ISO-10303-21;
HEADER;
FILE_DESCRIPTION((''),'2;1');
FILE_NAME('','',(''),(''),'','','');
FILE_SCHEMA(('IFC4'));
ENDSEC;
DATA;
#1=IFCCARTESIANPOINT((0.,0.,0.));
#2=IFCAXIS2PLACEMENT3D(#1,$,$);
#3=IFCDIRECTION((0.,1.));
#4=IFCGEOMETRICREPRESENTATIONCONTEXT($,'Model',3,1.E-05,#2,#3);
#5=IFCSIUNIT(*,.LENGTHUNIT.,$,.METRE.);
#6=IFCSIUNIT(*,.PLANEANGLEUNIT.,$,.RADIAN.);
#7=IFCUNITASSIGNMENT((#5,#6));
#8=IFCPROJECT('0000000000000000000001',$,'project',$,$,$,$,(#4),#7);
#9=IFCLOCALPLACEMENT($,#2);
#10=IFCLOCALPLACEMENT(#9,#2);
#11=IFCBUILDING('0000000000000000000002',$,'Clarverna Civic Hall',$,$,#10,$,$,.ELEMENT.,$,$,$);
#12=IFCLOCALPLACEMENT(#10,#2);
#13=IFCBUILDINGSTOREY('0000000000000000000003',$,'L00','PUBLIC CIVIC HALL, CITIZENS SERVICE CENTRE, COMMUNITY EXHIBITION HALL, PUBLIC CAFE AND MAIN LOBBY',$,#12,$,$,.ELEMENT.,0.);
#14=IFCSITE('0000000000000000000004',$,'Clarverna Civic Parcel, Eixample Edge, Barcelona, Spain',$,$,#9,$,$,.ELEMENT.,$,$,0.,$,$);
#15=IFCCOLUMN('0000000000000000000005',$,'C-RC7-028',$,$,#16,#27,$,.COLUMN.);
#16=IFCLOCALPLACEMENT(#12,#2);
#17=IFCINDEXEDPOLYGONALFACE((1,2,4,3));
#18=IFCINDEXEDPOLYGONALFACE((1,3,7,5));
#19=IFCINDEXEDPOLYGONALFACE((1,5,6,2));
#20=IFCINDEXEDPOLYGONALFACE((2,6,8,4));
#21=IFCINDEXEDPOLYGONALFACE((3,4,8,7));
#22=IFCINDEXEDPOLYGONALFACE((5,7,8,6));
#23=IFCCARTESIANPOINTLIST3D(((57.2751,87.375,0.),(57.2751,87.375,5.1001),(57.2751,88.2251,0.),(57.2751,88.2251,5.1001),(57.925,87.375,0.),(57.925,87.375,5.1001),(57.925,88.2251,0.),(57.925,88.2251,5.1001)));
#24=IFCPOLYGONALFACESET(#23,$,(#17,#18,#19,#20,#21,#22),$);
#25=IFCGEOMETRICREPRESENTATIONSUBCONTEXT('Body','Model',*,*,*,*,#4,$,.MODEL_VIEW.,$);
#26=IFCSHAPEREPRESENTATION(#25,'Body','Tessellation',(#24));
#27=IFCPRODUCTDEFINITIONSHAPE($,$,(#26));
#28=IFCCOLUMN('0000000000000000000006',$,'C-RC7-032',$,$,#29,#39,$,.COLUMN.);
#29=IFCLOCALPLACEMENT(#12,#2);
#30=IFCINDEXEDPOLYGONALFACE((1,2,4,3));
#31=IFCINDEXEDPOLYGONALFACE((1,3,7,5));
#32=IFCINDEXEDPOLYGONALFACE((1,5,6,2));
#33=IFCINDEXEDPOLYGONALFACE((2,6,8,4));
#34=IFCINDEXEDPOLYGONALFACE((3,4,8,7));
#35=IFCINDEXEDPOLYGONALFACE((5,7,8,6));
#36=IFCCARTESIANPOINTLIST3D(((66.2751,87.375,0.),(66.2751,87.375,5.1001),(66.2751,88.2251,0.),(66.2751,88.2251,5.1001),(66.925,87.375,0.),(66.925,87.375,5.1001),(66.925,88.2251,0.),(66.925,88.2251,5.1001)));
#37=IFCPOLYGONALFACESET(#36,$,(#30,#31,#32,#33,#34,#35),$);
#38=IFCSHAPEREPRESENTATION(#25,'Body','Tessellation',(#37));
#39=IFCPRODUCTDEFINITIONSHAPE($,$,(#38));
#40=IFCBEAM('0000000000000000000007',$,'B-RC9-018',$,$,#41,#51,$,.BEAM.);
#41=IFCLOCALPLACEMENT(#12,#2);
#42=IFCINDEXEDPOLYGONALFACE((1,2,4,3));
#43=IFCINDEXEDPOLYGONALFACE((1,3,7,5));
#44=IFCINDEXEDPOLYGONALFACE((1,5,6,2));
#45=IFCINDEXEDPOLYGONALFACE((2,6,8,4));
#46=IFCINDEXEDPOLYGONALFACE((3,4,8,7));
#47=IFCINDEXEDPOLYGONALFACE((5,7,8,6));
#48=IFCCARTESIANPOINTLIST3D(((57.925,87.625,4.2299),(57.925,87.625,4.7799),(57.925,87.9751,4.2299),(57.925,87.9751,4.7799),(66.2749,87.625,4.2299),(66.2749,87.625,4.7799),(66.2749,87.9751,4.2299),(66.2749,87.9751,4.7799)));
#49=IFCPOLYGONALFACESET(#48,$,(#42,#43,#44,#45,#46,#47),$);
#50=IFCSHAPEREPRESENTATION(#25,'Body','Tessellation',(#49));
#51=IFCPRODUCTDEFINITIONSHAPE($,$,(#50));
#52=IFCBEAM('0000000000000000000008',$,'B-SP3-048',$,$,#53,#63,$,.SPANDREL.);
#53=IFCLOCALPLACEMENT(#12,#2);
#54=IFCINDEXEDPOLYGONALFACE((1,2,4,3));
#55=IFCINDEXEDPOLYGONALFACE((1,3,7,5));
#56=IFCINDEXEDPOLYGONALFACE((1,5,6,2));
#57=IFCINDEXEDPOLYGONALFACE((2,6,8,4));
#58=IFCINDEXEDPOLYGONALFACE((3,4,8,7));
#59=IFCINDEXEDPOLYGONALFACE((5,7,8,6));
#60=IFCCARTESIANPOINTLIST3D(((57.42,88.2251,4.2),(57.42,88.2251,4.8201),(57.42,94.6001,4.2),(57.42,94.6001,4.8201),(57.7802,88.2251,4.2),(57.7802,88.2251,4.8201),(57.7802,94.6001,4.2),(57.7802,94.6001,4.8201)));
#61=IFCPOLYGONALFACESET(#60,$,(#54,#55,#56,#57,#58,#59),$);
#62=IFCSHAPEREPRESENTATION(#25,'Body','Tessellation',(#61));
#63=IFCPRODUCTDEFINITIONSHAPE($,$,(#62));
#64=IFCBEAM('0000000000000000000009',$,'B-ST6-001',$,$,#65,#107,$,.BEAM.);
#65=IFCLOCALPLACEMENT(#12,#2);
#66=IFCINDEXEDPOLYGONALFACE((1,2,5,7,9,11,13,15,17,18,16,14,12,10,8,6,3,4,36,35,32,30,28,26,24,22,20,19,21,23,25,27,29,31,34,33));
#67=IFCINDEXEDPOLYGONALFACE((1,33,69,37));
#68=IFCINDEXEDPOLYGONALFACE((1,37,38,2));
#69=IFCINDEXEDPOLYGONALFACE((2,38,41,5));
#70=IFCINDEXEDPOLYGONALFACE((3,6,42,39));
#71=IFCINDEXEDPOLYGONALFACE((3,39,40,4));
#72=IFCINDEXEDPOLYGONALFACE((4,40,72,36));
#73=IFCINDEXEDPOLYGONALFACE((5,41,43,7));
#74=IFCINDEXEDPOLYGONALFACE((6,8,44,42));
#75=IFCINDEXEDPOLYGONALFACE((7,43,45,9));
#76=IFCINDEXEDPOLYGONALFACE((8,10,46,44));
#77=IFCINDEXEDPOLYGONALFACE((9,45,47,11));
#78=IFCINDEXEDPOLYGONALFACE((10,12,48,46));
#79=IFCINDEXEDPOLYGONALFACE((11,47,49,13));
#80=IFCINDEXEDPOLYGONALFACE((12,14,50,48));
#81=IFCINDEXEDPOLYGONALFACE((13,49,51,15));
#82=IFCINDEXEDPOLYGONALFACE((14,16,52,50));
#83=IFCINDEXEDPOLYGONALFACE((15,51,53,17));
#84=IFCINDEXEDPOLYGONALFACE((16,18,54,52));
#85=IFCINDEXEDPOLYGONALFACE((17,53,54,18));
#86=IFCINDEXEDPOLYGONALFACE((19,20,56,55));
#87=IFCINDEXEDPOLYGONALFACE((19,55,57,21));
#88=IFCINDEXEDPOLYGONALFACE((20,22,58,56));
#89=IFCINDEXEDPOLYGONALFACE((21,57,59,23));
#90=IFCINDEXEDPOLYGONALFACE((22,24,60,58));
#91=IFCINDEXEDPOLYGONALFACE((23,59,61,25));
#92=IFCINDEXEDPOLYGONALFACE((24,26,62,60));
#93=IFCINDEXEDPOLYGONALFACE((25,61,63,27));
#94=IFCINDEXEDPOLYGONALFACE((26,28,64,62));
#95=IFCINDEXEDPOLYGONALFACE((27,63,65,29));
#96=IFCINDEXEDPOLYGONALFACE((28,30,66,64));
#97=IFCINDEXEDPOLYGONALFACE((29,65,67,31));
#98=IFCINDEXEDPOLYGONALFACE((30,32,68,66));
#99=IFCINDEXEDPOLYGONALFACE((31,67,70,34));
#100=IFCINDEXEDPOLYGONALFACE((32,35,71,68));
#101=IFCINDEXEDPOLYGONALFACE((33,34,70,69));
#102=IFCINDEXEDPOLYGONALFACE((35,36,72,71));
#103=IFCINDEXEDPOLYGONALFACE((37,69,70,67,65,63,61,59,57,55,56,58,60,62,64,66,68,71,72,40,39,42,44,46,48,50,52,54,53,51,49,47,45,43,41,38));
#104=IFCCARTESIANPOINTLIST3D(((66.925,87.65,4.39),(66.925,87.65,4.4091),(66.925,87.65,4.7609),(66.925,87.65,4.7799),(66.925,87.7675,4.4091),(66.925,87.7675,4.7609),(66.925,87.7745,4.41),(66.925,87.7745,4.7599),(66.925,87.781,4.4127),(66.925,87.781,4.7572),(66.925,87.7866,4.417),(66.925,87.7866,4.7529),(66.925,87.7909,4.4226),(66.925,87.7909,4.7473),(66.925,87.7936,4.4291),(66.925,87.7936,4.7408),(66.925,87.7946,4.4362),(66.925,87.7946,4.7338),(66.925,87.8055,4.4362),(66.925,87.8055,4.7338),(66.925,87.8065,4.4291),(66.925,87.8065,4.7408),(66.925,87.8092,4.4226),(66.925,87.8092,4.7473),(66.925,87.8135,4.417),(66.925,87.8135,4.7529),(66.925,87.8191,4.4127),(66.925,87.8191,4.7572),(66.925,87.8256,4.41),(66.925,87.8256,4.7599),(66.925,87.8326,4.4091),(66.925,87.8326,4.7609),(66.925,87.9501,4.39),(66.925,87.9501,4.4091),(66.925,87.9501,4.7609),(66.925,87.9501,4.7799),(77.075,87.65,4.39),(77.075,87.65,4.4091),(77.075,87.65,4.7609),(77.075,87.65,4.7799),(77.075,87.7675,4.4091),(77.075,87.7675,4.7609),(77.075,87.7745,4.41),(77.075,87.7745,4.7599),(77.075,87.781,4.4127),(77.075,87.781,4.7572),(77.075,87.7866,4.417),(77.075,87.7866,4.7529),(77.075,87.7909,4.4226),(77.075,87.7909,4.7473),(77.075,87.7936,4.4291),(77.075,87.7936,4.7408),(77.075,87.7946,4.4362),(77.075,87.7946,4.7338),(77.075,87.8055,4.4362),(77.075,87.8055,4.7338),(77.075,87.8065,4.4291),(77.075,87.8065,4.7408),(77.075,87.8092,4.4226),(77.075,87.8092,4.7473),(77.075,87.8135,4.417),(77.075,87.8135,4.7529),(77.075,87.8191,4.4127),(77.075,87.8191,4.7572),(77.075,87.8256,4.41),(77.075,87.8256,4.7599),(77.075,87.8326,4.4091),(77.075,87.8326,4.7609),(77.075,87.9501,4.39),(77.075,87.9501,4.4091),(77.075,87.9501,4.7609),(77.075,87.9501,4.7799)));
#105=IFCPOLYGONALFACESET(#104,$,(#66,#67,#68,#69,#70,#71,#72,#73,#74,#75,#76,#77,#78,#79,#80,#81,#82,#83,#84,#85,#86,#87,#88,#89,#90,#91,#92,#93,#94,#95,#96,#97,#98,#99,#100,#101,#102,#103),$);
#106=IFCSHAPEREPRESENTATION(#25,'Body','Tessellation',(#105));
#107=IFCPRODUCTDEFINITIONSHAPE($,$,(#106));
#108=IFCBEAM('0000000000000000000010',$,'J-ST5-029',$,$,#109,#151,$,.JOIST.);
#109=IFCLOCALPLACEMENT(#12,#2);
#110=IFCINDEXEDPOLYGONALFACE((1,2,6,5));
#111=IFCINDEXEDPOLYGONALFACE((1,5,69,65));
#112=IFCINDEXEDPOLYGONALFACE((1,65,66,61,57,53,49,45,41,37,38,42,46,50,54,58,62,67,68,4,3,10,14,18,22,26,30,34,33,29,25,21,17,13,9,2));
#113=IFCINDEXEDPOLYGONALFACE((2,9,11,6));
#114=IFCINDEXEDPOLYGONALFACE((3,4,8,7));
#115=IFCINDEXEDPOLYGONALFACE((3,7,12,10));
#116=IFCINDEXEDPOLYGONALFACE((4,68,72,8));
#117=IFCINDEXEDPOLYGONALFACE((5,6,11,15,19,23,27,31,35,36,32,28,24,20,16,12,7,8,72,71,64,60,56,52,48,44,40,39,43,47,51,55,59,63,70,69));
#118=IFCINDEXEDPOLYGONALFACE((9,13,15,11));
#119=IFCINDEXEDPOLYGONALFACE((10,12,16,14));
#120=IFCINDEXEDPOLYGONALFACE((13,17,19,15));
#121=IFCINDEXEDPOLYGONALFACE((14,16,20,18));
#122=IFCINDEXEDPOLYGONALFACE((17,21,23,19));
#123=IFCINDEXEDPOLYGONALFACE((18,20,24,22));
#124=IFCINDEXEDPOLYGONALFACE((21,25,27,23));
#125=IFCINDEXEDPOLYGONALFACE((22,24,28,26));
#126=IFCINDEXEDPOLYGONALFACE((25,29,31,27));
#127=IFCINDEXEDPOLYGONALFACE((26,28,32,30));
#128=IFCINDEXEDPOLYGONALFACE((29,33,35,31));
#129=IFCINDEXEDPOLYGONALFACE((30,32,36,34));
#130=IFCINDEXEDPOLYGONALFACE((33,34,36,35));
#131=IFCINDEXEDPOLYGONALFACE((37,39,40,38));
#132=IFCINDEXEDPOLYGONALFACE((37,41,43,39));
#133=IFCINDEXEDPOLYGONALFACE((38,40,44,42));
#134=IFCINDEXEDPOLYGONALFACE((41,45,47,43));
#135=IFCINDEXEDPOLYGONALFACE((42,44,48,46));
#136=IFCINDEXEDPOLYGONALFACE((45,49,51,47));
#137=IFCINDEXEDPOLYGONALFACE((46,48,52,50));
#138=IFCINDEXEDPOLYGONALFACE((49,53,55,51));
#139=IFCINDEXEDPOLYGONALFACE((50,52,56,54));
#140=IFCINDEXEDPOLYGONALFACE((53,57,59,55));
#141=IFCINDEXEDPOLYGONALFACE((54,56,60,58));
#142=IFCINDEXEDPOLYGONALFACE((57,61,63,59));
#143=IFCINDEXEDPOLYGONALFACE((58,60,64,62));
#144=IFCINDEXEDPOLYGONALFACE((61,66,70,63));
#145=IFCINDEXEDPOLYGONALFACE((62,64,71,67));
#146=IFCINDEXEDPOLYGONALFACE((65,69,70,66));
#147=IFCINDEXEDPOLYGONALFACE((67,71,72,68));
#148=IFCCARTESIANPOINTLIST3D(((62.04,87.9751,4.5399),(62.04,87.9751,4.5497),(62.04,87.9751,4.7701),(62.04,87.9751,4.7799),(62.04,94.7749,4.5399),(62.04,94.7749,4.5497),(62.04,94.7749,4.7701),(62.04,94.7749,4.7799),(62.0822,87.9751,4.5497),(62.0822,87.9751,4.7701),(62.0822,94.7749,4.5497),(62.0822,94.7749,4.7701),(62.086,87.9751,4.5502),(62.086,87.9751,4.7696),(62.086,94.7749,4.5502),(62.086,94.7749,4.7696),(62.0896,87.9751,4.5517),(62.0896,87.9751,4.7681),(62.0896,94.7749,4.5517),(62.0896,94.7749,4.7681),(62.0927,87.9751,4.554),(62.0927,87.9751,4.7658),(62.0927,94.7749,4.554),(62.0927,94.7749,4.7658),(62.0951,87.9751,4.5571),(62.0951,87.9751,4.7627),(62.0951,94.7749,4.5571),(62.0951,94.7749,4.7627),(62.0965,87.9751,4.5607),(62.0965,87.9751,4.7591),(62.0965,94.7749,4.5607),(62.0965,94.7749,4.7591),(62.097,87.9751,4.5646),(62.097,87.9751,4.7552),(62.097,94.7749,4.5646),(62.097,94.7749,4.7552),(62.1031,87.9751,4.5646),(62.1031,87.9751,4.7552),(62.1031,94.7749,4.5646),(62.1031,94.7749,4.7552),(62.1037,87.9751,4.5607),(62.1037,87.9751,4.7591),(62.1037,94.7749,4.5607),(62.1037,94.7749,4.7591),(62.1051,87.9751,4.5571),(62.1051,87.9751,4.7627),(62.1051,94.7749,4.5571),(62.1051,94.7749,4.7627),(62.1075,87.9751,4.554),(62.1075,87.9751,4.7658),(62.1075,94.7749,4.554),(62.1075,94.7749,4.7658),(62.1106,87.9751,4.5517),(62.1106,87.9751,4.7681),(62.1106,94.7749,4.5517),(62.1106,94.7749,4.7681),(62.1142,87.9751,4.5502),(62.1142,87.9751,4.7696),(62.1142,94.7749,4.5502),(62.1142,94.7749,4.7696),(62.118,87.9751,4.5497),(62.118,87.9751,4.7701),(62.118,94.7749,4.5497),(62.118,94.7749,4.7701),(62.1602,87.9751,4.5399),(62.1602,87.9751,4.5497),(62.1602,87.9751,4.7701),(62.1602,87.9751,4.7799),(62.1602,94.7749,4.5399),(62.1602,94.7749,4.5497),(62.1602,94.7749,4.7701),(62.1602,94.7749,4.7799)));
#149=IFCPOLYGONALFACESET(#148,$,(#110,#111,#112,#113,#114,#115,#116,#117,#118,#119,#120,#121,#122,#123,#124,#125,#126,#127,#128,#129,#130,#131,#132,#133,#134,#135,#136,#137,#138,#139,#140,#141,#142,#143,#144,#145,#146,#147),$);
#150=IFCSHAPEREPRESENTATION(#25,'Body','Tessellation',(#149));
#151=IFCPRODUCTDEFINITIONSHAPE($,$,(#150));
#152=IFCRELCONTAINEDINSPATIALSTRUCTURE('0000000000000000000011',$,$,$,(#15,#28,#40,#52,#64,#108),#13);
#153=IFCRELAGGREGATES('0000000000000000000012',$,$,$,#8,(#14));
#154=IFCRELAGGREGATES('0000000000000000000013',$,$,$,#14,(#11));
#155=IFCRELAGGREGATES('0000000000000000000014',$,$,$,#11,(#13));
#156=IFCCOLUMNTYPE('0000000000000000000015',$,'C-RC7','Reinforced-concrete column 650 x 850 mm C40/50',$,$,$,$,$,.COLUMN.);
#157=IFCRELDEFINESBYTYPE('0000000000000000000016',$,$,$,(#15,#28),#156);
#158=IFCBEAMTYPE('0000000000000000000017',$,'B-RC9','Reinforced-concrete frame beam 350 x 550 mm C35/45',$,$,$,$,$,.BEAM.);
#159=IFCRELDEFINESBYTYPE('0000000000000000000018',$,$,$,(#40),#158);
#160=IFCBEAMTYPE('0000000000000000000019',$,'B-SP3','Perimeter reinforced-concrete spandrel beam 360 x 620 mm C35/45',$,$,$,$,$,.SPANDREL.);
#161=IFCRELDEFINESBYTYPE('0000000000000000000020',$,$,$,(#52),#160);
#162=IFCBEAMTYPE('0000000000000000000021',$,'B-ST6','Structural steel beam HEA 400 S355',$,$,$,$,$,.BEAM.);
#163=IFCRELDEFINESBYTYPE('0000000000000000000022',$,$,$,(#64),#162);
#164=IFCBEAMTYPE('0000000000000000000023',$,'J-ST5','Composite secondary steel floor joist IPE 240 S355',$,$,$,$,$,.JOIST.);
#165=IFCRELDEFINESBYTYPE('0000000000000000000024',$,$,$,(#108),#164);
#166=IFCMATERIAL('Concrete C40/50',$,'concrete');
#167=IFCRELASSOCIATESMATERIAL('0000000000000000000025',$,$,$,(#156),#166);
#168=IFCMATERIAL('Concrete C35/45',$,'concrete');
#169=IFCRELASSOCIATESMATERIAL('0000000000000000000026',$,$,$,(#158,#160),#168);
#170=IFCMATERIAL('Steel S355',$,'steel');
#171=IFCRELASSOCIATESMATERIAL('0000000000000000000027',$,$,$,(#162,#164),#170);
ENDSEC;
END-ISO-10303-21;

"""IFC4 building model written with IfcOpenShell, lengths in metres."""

from ifc_helpers import new_model, si_unit, direction, frame, origin, origin_2d, place, context, subcontext, project, spatial, rectangle, i_section, extrude, material, material_profile, profile_set, type_object, element, save


model = new_model("IFC4")

# Units and contexts
model_context = context("Model", 3, precision=1e-05, world=origin(), true_north=direction((0.0, 1.0)))
body_context = subcontext(model_context, "Body", "Model", "MODEL_VIEW")
ifc_project = project(units=[si_unit("LENGTHUNIT", "METRE"), si_unit("PLANEANGLEUNIT", "RADIAN")], contexts=[model_context])

# Site, building, storey
site_placement = place(None, origin())
site = spatial("IfcSite", under=ifc_project, at=site_placement, Name="Clarverna Civic Parcel, Eixample Edge, Barcelona, Spain", CompositionType="ELEMENT", RefElevation=0.0)
building_placement = place(site_placement, origin())
building = spatial("IfcBuilding", under=site, at=building_placement, Name="Clarverna Civic Hall", CompositionType="ELEMENT")
storey_placement = place(building_placement, origin())
storey = spatial("IfcBuildingStorey", under=building, at=storey_placement, Name="L00", Description="PUBLIC CIVIC HALL, CITIZENS SERVICE CENTRE, COMMUNITY EXHIBITION HALL, PUBLIC CAFE AND MAIN LOBBY", CompositionType="ELEMENT", Elevation=0.0)

# Columns
ifc_material_1 = material(Name="Concrete C40/50", Category="concrete")
ifc_material_profile_1 = material_profile(ifc_material_1, rectangle(XDim=0.6499, YDim=0.8501, at=origin_2d()), Name="RC 650x850")
ifc_profile_set_1 = profile_set([ifc_material_profile_1], Name="Concrete C40/50")
column_type = type_object("IfcColumnType", Name="C-RC7", Description="Reinforced-concrete column 650 x 850 mm C40/50", PredefinedType="COLUMN", material=ifc_profile_set_1)
for number, where, z_axis, x_axis, name in (
    (1, (57.6001, 87.8, 0.0), (0.0, 0.0, 1.0), (1.0, 0.0, 0.0), "C-RC7-028"),
    (2, (66.6001, 87.8, 0.0), (0.0, 0.0, 1.0), (1.0, 0.0, 0.0), "C-RC7-032"),
):
    element("IfcColumn", number, at=place(storey_placement, frame(where, z_axis=z_axis, x_axis=x_axis)), inside=storey, type_object=column_type, Name=name, PredefinedType="COLUMN", context=body_context, shape_type="SweptSolid", body=[
        extrude(rectangle(XDim=0.6499, YDim=0.8501, at=origin_2d()), origin(), (0.0, 0.0, 1.0), 5.1001),
    ])

# Beams
ifc_material_2 = material(Name="Concrete C35/45", Category="concrete")
ifc_material_profile_2 = material_profile(ifc_material_2, rectangle(XDim=0.3501, YDim=0.55, at=origin_2d()), Name="RC 350x550")
ifc_profile_set_2 = profile_set([ifc_material_profile_2], Name="Concrete C35/45")
beam_type_1 = type_object("IfcBeamType", Name="B-RC9", Description="Reinforced-concrete frame beam 350 x 550 mm C35/45", PredefinedType="BEAM", material=ifc_profile_set_2)
beam_1_placement = place(storey_placement, frame((57.925, 87.8, 4.5049), z_axis=(1.0, 0.0, 0.0), x_axis=(0.0, 1.0, 0.0)))
element("IfcBeam", 3, at=beam_1_placement, inside=storey, type_object=beam_type_1, Name="B-RC9-018", PredefinedType="BEAM", context=body_context, shape_type="SweptSolid", body=[
    extrude(rectangle(XDim=0.3501, YDim=0.55, at=origin_2d()), origin(), (0.0, 0.0, 1.0), 8.3499),
])
ifc_material_profile_3 = material_profile(ifc_material_2, rectangle(XDim=0.3601, YDim=0.6201, at=origin_2d()), Name="RC 360x620")
ifc_profile_set_3 = profile_set([ifc_material_profile_3], Name="Concrete C35/45")
beam_type_2 = type_object("IfcBeamType", Name="B-SP3", Description="Perimeter reinforced-concrete spandrel beam 360 x 620 mm C35/45", PredefinedType="SPANDREL", material=ifc_profile_set_3)
beam_2_placement = place(storey_placement, frame((57.6001, 88.2251, 4.51), z_axis=(0.0, 1.0, 0.0), x_axis=(-1.0, 0.0, 0.0)))
element("IfcBeam", 4, at=beam_2_placement, inside=storey, type_object=beam_type_2, Name="B-SP3-048", PredefinedType="SPANDREL", context=body_context, shape_type="SweptSolid", body=[
    extrude(rectangle(XDim=0.3601, YDim=0.6201, at=origin_2d()), origin(), (0.0, 0.0, 1.0), 6.375),
])
ifc_material_3 = material(Name="Steel S355", Category="steel")
ifc_material_profile_4 = material_profile(ifc_material_3, i_section(OverallWidth=0.3, OverallDepth=0.3899, WebThickness=0.011, FlangeThickness=0.019, FilletRadius=0.0271, at=origin_2d()), Name="HEA 400")
ifc_profile_set_4 = profile_set([ifc_material_profile_4], Name="Steel S355")
beam_type_3 = type_object("IfcBeamType", Name="B-ST6", Description="Structural steel beam HEA 400 S355", PredefinedType="BEAM", material=ifc_profile_set_4)
beam_3_placement = place(storey_placement, frame((66.925, 87.8, 4.585), z_axis=(1.0, 0.0, 0.0), x_axis=(0.0, 1.0, 0.0)))
element("IfcBeam", 5, at=beam_3_placement, inside=storey, type_object=beam_type_3, Name="B-ST6-001", PredefinedType="BEAM", context=body_context, shape_type="SweptSolid", body=[
    extrude(i_section(OverallWidth=0.3, OverallDepth=0.3899, WebThickness=0.011, FlangeThickness=0.019, FilletRadius=0.0271, at=origin_2d()), origin(), (0.0, 0.0, 1.0), 10.1499),
])
ifc_material_profile_5 = material_profile(ifc_material_3, i_section(OverallWidth=0.1201, OverallDepth=0.24, WebThickness=0.0061, FlangeThickness=0.0098, FilletRadius=0.0149, at=origin_2d()), Name="IPE 240")
ifc_profile_set_5 = profile_set([ifc_material_profile_5], Name="Steel S355")
beam_type_4 = type_object("IfcBeamType", Name="J-ST5", Description="Composite secondary steel floor joist IPE 240 S355", PredefinedType="JOIST", material=ifc_profile_set_5)
beam_4_placement = place(storey_placement, frame((62.1001, 87.9751, 4.6599), z_axis=(0.0, 1.0, 0.0), x_axis=(-1.0, 0.0, 0.0)))
element("IfcBeam", 6, at=beam_4_placement, inside=storey, type_object=beam_type_4, Name="J-ST5-029", PredefinedType="JOIST", context=body_context, shape_type="SweptSolid", body=[
    extrude(i_section(OverallWidth=0.1201, OverallDepth=0.24, WebThickness=0.0061, FlangeThickness=0.0098, FilletRadius=0.0149, at=origin_2d()), origin(), (0.0, 0.0, 1.0), 6.7998),
])

save(model, "model.ifc")
